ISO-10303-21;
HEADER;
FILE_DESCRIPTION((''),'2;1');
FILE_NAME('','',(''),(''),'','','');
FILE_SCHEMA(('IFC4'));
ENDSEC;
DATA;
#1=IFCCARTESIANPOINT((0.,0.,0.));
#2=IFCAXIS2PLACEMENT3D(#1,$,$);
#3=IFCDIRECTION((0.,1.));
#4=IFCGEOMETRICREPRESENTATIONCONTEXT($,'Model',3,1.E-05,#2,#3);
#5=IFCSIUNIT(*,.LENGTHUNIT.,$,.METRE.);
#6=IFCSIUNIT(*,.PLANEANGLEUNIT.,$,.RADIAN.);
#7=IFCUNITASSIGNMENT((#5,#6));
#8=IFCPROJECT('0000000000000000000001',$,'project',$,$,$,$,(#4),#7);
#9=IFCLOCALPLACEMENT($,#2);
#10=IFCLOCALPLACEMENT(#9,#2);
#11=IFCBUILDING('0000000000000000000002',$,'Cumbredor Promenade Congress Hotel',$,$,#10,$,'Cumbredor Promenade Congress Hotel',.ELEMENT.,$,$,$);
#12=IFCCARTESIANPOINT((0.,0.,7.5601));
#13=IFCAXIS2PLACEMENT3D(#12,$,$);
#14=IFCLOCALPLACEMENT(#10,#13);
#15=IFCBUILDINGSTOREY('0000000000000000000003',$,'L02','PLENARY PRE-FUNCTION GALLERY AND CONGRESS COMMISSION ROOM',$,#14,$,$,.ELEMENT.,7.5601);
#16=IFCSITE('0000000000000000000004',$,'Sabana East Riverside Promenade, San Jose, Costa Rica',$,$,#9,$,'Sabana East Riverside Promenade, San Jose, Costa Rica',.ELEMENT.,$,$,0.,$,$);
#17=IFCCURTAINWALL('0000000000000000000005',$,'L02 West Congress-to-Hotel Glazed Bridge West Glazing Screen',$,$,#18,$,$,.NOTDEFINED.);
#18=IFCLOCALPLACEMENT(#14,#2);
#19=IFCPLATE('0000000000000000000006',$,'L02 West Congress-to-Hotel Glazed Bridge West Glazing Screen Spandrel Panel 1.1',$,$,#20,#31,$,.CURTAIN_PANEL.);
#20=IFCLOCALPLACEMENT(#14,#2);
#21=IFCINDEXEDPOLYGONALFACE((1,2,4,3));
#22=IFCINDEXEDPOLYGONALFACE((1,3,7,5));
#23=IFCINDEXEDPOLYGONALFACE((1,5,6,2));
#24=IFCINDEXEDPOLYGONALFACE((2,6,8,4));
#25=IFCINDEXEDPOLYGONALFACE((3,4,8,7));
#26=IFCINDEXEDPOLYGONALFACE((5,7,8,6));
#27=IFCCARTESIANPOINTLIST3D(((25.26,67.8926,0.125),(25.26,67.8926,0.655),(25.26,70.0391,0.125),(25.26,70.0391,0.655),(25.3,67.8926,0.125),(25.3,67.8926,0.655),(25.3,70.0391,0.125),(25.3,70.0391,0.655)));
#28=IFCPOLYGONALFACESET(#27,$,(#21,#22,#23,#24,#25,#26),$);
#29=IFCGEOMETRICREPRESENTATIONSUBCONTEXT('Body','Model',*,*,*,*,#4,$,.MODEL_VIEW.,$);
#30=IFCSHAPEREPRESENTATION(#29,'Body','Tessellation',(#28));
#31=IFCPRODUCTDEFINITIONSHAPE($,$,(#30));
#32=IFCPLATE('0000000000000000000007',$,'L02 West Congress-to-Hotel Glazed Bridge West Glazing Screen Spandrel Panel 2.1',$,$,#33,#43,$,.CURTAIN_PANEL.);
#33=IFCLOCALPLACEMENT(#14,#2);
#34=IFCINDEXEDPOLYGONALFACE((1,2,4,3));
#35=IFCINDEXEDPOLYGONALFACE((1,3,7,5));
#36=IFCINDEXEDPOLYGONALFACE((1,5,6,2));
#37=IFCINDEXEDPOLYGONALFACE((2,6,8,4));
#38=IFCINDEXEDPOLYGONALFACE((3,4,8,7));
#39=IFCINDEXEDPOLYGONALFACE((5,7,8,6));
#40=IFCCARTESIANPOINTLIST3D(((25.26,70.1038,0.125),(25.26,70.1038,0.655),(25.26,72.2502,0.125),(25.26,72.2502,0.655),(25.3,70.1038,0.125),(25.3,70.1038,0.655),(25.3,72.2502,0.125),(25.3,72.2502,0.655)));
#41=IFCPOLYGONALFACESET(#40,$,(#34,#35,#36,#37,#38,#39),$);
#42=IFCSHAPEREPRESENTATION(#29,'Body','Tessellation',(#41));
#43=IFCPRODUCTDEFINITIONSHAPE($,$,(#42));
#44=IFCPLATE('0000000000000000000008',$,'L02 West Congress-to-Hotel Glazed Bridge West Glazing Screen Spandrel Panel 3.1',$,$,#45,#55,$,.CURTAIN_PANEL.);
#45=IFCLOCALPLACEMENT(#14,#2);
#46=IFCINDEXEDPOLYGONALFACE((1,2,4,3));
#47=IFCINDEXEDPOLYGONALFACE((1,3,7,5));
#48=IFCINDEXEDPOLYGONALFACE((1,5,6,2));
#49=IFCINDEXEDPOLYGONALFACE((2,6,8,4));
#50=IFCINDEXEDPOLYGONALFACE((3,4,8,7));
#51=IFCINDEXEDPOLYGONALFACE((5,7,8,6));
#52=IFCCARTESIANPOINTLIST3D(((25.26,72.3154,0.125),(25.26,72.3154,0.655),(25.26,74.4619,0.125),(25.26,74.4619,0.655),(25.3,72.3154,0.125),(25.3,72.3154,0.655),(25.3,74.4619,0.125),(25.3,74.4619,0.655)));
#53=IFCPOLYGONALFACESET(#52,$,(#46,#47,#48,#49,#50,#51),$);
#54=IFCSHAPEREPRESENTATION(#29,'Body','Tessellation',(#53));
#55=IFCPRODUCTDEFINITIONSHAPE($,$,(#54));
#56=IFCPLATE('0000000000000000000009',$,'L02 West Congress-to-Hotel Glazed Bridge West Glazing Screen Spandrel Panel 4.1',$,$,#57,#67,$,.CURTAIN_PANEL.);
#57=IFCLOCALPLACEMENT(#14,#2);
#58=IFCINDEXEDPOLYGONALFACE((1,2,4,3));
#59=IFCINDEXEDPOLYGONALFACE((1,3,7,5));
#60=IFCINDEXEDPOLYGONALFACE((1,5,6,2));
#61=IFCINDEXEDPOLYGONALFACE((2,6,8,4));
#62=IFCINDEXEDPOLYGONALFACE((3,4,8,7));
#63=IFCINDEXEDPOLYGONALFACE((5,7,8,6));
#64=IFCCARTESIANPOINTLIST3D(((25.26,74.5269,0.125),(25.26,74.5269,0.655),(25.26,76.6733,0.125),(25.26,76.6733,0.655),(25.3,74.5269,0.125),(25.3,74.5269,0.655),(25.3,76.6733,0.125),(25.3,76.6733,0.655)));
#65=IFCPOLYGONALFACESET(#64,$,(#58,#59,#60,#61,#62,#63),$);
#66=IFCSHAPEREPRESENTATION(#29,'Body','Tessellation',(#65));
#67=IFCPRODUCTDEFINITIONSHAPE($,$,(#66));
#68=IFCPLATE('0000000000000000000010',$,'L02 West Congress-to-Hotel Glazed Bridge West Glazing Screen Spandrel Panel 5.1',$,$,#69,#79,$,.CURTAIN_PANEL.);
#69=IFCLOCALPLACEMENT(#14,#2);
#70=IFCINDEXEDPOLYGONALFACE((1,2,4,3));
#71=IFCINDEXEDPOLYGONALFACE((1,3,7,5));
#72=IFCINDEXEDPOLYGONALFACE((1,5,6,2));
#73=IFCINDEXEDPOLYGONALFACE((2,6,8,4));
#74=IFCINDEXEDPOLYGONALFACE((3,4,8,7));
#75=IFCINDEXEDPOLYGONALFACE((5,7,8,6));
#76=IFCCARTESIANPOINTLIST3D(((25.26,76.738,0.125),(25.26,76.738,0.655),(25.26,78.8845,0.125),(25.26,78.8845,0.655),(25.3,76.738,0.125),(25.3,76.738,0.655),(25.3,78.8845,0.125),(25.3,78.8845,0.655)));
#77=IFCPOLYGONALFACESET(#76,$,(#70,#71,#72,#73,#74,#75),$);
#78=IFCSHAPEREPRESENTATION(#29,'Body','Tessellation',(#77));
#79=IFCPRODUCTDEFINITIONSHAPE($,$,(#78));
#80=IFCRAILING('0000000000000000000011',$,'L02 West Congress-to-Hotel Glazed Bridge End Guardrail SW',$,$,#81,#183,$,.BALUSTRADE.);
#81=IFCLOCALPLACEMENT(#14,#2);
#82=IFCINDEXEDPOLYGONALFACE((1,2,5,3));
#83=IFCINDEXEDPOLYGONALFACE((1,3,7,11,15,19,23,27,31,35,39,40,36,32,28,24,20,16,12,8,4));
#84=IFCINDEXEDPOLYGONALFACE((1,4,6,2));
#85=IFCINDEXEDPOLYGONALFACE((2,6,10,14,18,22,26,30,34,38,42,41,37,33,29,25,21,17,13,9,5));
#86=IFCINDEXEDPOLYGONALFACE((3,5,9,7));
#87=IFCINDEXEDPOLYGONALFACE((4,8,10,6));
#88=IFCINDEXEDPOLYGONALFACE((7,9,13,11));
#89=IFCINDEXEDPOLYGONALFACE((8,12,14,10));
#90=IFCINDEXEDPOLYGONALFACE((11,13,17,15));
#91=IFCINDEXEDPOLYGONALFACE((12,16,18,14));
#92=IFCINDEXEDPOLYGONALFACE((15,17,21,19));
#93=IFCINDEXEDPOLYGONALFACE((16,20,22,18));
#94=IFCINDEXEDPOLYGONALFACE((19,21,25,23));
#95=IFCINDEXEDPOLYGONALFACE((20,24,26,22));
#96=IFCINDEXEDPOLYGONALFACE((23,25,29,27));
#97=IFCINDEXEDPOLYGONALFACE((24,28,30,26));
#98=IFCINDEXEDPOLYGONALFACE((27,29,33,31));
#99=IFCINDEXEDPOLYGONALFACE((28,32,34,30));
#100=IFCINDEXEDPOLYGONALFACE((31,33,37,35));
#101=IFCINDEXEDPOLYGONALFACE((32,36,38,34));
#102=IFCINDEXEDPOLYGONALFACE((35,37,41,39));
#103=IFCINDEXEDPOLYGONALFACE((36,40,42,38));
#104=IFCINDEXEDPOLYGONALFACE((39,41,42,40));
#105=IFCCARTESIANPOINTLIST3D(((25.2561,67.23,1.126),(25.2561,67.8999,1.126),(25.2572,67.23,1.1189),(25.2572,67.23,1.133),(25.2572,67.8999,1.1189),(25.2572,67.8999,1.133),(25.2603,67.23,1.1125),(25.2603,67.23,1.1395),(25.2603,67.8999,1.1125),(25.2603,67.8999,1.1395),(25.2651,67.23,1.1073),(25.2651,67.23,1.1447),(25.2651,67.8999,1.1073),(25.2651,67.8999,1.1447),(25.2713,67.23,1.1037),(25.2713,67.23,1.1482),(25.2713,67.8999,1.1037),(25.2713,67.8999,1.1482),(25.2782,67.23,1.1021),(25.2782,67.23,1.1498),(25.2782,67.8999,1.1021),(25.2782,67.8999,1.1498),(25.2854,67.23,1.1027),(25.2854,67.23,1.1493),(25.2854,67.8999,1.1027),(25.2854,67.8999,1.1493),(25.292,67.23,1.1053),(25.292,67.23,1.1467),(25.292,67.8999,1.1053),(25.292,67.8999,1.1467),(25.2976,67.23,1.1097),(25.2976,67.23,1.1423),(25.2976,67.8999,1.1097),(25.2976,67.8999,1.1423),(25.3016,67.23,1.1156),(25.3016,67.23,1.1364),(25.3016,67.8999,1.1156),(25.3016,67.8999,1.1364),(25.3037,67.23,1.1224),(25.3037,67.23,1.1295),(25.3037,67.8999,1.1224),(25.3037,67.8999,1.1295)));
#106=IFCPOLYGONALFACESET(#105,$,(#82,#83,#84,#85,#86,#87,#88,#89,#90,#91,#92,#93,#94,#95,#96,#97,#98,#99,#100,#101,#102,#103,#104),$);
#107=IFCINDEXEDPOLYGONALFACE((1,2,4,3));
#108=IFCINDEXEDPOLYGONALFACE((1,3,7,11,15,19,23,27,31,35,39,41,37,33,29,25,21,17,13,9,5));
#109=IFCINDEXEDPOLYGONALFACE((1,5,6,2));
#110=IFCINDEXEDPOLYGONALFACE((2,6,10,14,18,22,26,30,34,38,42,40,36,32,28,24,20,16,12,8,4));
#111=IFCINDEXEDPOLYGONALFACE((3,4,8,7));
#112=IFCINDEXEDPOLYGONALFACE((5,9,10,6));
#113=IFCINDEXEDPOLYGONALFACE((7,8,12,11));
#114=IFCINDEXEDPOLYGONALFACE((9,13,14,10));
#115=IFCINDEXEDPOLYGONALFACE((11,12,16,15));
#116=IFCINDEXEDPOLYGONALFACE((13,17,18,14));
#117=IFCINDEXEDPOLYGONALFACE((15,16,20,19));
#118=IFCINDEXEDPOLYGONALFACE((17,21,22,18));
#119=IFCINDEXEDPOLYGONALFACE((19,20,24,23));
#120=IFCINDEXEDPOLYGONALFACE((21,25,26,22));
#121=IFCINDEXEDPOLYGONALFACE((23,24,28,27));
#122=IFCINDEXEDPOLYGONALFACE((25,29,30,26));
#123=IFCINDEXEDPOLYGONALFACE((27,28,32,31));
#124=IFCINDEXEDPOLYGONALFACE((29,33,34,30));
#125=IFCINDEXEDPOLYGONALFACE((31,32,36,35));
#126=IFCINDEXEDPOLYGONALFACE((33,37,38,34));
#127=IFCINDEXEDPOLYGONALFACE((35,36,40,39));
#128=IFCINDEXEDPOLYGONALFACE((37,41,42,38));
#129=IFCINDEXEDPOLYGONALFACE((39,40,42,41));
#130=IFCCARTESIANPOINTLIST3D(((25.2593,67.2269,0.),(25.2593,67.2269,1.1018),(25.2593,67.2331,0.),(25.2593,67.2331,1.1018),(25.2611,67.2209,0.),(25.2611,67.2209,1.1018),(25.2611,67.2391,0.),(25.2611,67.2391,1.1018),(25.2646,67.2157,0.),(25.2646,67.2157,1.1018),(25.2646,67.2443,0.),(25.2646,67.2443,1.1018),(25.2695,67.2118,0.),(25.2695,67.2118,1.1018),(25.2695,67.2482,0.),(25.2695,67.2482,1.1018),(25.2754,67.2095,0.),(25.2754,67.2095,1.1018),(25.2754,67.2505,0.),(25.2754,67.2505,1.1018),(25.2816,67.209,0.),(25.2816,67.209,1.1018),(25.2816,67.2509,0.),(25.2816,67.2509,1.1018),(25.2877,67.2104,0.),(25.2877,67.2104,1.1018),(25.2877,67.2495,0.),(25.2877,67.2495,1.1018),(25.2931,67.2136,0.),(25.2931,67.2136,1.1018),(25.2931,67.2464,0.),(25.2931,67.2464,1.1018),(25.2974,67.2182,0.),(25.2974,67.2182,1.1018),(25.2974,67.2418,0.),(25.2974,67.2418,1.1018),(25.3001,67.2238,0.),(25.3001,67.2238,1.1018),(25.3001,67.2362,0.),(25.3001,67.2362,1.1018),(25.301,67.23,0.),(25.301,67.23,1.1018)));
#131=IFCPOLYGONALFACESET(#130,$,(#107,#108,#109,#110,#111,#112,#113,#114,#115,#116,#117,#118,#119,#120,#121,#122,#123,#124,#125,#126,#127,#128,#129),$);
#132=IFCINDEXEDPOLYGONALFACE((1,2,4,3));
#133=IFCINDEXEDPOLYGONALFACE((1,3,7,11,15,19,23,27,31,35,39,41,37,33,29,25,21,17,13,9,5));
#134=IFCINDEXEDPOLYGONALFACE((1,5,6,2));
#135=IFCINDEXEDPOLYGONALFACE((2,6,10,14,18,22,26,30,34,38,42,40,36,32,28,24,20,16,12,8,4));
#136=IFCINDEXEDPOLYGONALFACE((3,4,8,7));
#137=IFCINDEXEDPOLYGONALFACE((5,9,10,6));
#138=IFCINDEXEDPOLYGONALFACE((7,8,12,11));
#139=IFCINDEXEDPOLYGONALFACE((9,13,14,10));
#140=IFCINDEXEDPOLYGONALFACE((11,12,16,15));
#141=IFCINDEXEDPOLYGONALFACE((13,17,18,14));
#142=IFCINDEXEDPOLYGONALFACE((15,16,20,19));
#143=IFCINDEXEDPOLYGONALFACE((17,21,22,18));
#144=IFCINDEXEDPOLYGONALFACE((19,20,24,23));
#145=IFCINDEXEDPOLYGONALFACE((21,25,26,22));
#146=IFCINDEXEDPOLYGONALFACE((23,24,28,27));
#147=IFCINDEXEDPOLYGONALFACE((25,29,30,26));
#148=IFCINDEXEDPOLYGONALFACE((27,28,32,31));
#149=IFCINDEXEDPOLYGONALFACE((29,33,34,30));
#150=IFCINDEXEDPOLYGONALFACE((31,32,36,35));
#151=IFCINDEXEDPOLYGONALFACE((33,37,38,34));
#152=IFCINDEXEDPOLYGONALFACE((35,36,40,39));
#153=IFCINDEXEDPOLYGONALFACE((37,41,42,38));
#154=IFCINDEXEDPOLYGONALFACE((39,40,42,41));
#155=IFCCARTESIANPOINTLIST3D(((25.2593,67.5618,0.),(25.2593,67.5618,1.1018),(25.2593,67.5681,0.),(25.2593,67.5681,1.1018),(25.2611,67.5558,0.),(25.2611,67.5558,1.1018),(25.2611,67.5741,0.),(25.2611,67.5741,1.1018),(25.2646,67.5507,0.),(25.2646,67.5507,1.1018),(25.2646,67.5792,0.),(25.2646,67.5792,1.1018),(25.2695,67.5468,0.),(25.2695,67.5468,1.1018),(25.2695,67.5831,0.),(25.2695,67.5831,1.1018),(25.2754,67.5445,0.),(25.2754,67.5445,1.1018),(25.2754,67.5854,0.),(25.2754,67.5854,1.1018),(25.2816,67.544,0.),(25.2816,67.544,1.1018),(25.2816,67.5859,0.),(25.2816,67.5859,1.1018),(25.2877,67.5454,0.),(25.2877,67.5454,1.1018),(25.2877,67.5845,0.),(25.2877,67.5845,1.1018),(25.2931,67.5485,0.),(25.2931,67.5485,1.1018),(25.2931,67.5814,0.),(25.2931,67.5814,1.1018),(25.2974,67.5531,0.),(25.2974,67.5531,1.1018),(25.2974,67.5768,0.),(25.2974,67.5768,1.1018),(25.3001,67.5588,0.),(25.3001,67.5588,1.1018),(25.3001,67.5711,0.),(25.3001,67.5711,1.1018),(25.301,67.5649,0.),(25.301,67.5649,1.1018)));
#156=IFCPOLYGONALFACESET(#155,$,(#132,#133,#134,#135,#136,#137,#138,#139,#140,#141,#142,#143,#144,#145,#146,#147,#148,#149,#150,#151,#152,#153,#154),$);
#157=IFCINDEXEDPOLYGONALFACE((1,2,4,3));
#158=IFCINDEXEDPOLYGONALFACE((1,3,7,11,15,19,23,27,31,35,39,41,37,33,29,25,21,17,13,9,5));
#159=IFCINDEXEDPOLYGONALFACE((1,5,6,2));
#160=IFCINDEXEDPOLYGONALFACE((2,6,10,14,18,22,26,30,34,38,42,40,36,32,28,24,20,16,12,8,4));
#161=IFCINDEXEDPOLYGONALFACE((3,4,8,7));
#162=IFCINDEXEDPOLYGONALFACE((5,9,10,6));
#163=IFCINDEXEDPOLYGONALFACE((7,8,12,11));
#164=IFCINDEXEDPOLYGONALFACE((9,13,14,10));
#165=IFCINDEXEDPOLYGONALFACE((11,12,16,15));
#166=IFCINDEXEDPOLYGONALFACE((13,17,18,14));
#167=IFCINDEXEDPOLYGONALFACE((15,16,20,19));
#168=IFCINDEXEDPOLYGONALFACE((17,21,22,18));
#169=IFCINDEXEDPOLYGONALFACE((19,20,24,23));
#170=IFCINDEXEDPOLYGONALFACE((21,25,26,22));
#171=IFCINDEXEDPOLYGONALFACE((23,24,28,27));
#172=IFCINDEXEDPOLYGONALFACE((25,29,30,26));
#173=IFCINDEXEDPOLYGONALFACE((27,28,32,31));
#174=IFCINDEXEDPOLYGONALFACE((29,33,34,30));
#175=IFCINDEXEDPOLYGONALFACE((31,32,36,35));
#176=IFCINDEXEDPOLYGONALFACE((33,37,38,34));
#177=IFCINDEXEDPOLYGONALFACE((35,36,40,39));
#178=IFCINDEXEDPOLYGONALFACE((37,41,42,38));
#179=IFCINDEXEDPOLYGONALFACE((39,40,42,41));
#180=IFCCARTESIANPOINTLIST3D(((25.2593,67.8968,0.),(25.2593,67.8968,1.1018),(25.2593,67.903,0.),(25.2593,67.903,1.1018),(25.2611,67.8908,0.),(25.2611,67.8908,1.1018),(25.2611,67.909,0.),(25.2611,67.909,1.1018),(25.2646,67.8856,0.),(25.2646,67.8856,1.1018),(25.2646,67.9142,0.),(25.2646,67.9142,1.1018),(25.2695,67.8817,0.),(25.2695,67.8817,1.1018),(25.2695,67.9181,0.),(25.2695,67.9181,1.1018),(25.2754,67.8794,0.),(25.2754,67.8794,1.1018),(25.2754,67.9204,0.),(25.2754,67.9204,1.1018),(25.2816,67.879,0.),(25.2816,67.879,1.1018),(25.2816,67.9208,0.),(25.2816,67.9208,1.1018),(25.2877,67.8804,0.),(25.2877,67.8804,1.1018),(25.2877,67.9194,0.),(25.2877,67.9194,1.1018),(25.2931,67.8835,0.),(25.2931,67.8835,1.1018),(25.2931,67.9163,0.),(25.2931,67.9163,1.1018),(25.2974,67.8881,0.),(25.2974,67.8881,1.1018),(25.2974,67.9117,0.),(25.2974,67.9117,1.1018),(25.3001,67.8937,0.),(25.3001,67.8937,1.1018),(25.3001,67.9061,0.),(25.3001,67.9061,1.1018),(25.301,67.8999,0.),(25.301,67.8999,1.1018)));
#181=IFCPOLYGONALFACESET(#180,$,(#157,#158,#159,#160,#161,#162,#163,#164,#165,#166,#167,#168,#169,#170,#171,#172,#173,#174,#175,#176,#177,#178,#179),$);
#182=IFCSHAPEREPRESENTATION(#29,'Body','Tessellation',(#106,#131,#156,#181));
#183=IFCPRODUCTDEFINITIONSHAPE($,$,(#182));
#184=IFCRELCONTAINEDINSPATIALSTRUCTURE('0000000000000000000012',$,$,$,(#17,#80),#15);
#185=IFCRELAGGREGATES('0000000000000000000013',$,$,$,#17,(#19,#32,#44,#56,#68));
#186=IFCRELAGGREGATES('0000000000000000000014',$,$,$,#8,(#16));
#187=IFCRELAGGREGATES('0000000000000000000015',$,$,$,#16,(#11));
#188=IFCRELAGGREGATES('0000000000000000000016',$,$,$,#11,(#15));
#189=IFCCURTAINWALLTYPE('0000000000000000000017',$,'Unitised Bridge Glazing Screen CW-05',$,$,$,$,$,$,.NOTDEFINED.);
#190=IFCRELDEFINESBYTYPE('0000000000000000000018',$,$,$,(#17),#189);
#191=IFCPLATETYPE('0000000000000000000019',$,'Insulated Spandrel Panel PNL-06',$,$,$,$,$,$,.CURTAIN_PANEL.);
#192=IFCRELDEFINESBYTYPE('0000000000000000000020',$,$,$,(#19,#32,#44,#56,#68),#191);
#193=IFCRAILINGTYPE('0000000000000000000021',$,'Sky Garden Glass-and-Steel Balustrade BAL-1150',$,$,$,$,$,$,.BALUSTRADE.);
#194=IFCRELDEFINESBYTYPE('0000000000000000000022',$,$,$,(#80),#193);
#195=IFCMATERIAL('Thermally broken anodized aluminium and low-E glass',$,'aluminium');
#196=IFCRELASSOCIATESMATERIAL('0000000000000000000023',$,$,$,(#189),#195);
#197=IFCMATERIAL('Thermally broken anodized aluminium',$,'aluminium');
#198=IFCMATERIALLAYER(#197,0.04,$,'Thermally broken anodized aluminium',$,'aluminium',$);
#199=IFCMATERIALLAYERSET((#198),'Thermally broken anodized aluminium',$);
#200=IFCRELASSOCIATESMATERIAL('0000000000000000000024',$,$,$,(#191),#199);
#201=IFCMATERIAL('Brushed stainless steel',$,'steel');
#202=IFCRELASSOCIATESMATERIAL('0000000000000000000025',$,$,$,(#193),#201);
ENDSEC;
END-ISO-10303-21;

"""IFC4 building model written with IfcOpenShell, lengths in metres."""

from ifc_helpers import new_model, si_unit, direction, frame, origin, origin_2d, place, context, subcontext, project, spatial, rectangle, circle, extrude, material, layer, layer_set, type_object, element, aggregate, save


model = new_model("IFC4")

# Units and contexts
model_context = context("Model", 3, precision=1e-05, world=origin(), true_north=direction((0.0, 1.0)))
body_context = subcontext(model_context, "Body", "Model", "MODEL_VIEW")
ifc_project = project(units=[si_unit("LENGTHUNIT", "METRE"), si_unit("PLANEANGLEUNIT", "RADIAN")], contexts=[model_context])

# Site, building, storey
site_placement = place(None, origin())
site = spatial("IfcSite", under=ifc_project, at=site_placement, Name="Sabana East Riverside Promenade, San Jose, Costa Rica", LongName="Sabana East Riverside Promenade, San Jose, Costa Rica", CompositionType="ELEMENT", RefElevation=0.0)
building_placement = place(site_placement, origin())
building = spatial("IfcBuilding", under=site, at=building_placement, Name="Cumbredor Promenade Congress Hotel", LongName="Cumbredor Promenade Congress Hotel", CompositionType="ELEMENT")
storey_placement = place(building_placement, frame((0.0, 0.0, 7.5601)))
storey = spatial("IfcBuildingStorey", under=building, at=storey_placement, Name="L02", Description="PLENARY PRE-FUNCTION GALLERY AND CONGRESS COMMISSION ROOM", CompositionType="ELEMENT", Elevation=7.5601)

# Curtain wall
ifc_material_1 = material(Name="Thermally broken anodized aluminium and low-E glass", Category="aluminium")
curtain_wall_type_1 = type_object("IfcCurtainWallType", Name="Unitised Bridge Glazing Screen CW-05", PredefinedType="NOTDEFINED", material=ifc_material_1)
curtain_wall_1_placement = place(storey_placement, origin())
curtain_wall_1 = element("IfcCurtainWall", 1, at=curtain_wall_1_placement, inside=storey, type_object=curtain_wall_type_1, Name="L02 West Congress-to-Hotel Glazed Bridge West Glazing Screen", PredefinedType="NOTDEFINED")
ifc_material_2 = material(Name="Thermally broken anodized aluminium", Category="aluminium")

# Plates
ifc_layer_1 = layer(ifc_material_2, 0.04, Name="Thermally broken anodized aluminium", Category="aluminium")
ifc_layer_set_1 = layer_set([ifc_layer_1], Name="Thermally broken anodized aluminium")
plate_type_1 = type_object("IfcPlateType", Name="Insulated Spandrel Panel PNL-06", PredefinedType="CURTAIN_PANEL", material=ifc_layer_set_1)
plate_1_placement = place(storey_placement, frame((25.28, 68.9658, 0.125), z_axis=(0.0, 0.0, 1.0), x_axis=(0.0, 1.0, 0.0)))
plate_1 = element("IfcPlate", 2, at=plate_1_placement, type_object=plate_type_1, Name="L02 West Congress-to-Hotel Glazed Bridge West Glazing Screen Spandrel Panel 1.1", PredefinedType="CURTAIN_PANEL", context=body_context, shape_type="SweptSolid", body=[
    extrude(rectangle(XDim=2.1465, YDim=0.04, at=origin_2d()), origin(), (0.0, 0.0, 1.0), 0.53),
])
plate_2_placement = place(storey_placement, frame((25.28, 71.177, 0.125), z_axis=(0.0, 0.0, 1.0), x_axis=(0.0, 1.0, 0.0)))
plate_2 = element("IfcPlate", 3, at=plate_2_placement, type_object=plate_type_1, Name="L02 West Congress-to-Hotel Glazed Bridge West Glazing Screen Spandrel Panel 2.1", PredefinedType="CURTAIN_PANEL", context=body_context, shape_type="SweptSolid", body=[
    extrude(rectangle(XDim=2.1465, YDim=0.04, at=origin_2d()), origin(), (0.0, 0.0, 1.0), 0.53),
])
plate_3_placement = place(storey_placement, frame((25.28, 73.3887, 0.125), z_axis=(0.0, 0.0, 1.0), x_axis=(0.0, 1.0, 0.0)))
plate_3 = element("IfcPlate", 4, at=plate_3_placement, type_object=plate_type_1, Name="L02 West Congress-to-Hotel Glazed Bridge West Glazing Screen Spandrel Panel 3.1", PredefinedType="CURTAIN_PANEL", context=body_context, shape_type="SweptSolid", body=[
    extrude(rectangle(XDim=2.1465, YDim=0.04, at=origin_2d()), origin(), (0.0, 0.0, 1.0), 0.53),
])
plate_4_placement = place(storey_placement, frame((25.28, 75.6001, 0.125), z_axis=(0.0, 0.0, 1.0), x_axis=(0.0, 1.0, 0.0)))
plate_4 = element("IfcPlate", 5, at=plate_4_placement, type_object=plate_type_1, Name="L02 West Congress-to-Hotel Glazed Bridge West Glazing Screen Spandrel Panel 4.1", PredefinedType="CURTAIN_PANEL", context=body_context, shape_type="SweptSolid", body=[
    extrude(rectangle(XDim=2.1465, YDim=0.04, at=origin_2d()), origin(), (0.0, 0.0, 1.0), 0.53),
])
plate_5_placement = place(storey_placement, frame((25.28, 77.8113, 0.125), z_axis=(0.0, 0.0, 1.0), x_axis=(0.0, 1.0, 0.0)))
plate_5 = element("IfcPlate", 6, at=plate_5_placement, type_object=plate_type_1, Name="L02 West Congress-to-Hotel Glazed Bridge West Glazing Screen Spandrel Panel 5.1", PredefinedType="CURTAIN_PANEL", context=body_context, shape_type="SweptSolid", body=[
    extrude(rectangle(XDim=2.1465, YDim=0.04, at=origin_2d()), origin(), (0.0, 0.0, 1.0), 0.53),
])
aggregate(curtain_wall_1, [plate_1, plate_2, plate_3, plate_4, plate_5])

# Railing
ifc_material_3 = material(Name="Brushed stainless steel", Category="steel")
railing_type = type_object("IfcRailingType", Name="Sky Garden Glass-and-Steel Balustrade BAL-1150", PredefinedType="BALUSTRADE", material=ifc_material_3)
railing_placement = place(storey_placement, frame((25.28, 67.23, 0.0)))
element("IfcRailing", 7, at=railing_placement, inside=storey, type_object=railing_type, Name="L02 West Congress-to-Hotel Glazed Bridge End Guardrail SW", PredefinedType="BALUSTRADE", context=body_context, shape_type="SweptSolid", body=[
    extrude(circle(Radius=0.0239, at=origin_2d()), frame((0.0, 0.0, 1.126), z_axis=(0.0, 1.0, 0.0), x_axis=(-1.0, 0.0, 0.0)), (0.0, 0.0, 1.0), 0.6699),
    extrude(circle(Radius=0.021, at=origin_2d()), origin(), (0.0, 0.0, 1.0), 1.1018),
    extrude(circle(Radius=0.021, at=origin_2d()), frame((0.0, 0.335, 0.0)), (0.0, 0.0, 1.0), 1.1018),
    extrude(circle(Radius=0.021, at=origin_2d()), frame((0.0, 0.6699, 0.0)), (0.0, 0.0, 1.0), 1.1018),
])

save(model, "model.ifc")
